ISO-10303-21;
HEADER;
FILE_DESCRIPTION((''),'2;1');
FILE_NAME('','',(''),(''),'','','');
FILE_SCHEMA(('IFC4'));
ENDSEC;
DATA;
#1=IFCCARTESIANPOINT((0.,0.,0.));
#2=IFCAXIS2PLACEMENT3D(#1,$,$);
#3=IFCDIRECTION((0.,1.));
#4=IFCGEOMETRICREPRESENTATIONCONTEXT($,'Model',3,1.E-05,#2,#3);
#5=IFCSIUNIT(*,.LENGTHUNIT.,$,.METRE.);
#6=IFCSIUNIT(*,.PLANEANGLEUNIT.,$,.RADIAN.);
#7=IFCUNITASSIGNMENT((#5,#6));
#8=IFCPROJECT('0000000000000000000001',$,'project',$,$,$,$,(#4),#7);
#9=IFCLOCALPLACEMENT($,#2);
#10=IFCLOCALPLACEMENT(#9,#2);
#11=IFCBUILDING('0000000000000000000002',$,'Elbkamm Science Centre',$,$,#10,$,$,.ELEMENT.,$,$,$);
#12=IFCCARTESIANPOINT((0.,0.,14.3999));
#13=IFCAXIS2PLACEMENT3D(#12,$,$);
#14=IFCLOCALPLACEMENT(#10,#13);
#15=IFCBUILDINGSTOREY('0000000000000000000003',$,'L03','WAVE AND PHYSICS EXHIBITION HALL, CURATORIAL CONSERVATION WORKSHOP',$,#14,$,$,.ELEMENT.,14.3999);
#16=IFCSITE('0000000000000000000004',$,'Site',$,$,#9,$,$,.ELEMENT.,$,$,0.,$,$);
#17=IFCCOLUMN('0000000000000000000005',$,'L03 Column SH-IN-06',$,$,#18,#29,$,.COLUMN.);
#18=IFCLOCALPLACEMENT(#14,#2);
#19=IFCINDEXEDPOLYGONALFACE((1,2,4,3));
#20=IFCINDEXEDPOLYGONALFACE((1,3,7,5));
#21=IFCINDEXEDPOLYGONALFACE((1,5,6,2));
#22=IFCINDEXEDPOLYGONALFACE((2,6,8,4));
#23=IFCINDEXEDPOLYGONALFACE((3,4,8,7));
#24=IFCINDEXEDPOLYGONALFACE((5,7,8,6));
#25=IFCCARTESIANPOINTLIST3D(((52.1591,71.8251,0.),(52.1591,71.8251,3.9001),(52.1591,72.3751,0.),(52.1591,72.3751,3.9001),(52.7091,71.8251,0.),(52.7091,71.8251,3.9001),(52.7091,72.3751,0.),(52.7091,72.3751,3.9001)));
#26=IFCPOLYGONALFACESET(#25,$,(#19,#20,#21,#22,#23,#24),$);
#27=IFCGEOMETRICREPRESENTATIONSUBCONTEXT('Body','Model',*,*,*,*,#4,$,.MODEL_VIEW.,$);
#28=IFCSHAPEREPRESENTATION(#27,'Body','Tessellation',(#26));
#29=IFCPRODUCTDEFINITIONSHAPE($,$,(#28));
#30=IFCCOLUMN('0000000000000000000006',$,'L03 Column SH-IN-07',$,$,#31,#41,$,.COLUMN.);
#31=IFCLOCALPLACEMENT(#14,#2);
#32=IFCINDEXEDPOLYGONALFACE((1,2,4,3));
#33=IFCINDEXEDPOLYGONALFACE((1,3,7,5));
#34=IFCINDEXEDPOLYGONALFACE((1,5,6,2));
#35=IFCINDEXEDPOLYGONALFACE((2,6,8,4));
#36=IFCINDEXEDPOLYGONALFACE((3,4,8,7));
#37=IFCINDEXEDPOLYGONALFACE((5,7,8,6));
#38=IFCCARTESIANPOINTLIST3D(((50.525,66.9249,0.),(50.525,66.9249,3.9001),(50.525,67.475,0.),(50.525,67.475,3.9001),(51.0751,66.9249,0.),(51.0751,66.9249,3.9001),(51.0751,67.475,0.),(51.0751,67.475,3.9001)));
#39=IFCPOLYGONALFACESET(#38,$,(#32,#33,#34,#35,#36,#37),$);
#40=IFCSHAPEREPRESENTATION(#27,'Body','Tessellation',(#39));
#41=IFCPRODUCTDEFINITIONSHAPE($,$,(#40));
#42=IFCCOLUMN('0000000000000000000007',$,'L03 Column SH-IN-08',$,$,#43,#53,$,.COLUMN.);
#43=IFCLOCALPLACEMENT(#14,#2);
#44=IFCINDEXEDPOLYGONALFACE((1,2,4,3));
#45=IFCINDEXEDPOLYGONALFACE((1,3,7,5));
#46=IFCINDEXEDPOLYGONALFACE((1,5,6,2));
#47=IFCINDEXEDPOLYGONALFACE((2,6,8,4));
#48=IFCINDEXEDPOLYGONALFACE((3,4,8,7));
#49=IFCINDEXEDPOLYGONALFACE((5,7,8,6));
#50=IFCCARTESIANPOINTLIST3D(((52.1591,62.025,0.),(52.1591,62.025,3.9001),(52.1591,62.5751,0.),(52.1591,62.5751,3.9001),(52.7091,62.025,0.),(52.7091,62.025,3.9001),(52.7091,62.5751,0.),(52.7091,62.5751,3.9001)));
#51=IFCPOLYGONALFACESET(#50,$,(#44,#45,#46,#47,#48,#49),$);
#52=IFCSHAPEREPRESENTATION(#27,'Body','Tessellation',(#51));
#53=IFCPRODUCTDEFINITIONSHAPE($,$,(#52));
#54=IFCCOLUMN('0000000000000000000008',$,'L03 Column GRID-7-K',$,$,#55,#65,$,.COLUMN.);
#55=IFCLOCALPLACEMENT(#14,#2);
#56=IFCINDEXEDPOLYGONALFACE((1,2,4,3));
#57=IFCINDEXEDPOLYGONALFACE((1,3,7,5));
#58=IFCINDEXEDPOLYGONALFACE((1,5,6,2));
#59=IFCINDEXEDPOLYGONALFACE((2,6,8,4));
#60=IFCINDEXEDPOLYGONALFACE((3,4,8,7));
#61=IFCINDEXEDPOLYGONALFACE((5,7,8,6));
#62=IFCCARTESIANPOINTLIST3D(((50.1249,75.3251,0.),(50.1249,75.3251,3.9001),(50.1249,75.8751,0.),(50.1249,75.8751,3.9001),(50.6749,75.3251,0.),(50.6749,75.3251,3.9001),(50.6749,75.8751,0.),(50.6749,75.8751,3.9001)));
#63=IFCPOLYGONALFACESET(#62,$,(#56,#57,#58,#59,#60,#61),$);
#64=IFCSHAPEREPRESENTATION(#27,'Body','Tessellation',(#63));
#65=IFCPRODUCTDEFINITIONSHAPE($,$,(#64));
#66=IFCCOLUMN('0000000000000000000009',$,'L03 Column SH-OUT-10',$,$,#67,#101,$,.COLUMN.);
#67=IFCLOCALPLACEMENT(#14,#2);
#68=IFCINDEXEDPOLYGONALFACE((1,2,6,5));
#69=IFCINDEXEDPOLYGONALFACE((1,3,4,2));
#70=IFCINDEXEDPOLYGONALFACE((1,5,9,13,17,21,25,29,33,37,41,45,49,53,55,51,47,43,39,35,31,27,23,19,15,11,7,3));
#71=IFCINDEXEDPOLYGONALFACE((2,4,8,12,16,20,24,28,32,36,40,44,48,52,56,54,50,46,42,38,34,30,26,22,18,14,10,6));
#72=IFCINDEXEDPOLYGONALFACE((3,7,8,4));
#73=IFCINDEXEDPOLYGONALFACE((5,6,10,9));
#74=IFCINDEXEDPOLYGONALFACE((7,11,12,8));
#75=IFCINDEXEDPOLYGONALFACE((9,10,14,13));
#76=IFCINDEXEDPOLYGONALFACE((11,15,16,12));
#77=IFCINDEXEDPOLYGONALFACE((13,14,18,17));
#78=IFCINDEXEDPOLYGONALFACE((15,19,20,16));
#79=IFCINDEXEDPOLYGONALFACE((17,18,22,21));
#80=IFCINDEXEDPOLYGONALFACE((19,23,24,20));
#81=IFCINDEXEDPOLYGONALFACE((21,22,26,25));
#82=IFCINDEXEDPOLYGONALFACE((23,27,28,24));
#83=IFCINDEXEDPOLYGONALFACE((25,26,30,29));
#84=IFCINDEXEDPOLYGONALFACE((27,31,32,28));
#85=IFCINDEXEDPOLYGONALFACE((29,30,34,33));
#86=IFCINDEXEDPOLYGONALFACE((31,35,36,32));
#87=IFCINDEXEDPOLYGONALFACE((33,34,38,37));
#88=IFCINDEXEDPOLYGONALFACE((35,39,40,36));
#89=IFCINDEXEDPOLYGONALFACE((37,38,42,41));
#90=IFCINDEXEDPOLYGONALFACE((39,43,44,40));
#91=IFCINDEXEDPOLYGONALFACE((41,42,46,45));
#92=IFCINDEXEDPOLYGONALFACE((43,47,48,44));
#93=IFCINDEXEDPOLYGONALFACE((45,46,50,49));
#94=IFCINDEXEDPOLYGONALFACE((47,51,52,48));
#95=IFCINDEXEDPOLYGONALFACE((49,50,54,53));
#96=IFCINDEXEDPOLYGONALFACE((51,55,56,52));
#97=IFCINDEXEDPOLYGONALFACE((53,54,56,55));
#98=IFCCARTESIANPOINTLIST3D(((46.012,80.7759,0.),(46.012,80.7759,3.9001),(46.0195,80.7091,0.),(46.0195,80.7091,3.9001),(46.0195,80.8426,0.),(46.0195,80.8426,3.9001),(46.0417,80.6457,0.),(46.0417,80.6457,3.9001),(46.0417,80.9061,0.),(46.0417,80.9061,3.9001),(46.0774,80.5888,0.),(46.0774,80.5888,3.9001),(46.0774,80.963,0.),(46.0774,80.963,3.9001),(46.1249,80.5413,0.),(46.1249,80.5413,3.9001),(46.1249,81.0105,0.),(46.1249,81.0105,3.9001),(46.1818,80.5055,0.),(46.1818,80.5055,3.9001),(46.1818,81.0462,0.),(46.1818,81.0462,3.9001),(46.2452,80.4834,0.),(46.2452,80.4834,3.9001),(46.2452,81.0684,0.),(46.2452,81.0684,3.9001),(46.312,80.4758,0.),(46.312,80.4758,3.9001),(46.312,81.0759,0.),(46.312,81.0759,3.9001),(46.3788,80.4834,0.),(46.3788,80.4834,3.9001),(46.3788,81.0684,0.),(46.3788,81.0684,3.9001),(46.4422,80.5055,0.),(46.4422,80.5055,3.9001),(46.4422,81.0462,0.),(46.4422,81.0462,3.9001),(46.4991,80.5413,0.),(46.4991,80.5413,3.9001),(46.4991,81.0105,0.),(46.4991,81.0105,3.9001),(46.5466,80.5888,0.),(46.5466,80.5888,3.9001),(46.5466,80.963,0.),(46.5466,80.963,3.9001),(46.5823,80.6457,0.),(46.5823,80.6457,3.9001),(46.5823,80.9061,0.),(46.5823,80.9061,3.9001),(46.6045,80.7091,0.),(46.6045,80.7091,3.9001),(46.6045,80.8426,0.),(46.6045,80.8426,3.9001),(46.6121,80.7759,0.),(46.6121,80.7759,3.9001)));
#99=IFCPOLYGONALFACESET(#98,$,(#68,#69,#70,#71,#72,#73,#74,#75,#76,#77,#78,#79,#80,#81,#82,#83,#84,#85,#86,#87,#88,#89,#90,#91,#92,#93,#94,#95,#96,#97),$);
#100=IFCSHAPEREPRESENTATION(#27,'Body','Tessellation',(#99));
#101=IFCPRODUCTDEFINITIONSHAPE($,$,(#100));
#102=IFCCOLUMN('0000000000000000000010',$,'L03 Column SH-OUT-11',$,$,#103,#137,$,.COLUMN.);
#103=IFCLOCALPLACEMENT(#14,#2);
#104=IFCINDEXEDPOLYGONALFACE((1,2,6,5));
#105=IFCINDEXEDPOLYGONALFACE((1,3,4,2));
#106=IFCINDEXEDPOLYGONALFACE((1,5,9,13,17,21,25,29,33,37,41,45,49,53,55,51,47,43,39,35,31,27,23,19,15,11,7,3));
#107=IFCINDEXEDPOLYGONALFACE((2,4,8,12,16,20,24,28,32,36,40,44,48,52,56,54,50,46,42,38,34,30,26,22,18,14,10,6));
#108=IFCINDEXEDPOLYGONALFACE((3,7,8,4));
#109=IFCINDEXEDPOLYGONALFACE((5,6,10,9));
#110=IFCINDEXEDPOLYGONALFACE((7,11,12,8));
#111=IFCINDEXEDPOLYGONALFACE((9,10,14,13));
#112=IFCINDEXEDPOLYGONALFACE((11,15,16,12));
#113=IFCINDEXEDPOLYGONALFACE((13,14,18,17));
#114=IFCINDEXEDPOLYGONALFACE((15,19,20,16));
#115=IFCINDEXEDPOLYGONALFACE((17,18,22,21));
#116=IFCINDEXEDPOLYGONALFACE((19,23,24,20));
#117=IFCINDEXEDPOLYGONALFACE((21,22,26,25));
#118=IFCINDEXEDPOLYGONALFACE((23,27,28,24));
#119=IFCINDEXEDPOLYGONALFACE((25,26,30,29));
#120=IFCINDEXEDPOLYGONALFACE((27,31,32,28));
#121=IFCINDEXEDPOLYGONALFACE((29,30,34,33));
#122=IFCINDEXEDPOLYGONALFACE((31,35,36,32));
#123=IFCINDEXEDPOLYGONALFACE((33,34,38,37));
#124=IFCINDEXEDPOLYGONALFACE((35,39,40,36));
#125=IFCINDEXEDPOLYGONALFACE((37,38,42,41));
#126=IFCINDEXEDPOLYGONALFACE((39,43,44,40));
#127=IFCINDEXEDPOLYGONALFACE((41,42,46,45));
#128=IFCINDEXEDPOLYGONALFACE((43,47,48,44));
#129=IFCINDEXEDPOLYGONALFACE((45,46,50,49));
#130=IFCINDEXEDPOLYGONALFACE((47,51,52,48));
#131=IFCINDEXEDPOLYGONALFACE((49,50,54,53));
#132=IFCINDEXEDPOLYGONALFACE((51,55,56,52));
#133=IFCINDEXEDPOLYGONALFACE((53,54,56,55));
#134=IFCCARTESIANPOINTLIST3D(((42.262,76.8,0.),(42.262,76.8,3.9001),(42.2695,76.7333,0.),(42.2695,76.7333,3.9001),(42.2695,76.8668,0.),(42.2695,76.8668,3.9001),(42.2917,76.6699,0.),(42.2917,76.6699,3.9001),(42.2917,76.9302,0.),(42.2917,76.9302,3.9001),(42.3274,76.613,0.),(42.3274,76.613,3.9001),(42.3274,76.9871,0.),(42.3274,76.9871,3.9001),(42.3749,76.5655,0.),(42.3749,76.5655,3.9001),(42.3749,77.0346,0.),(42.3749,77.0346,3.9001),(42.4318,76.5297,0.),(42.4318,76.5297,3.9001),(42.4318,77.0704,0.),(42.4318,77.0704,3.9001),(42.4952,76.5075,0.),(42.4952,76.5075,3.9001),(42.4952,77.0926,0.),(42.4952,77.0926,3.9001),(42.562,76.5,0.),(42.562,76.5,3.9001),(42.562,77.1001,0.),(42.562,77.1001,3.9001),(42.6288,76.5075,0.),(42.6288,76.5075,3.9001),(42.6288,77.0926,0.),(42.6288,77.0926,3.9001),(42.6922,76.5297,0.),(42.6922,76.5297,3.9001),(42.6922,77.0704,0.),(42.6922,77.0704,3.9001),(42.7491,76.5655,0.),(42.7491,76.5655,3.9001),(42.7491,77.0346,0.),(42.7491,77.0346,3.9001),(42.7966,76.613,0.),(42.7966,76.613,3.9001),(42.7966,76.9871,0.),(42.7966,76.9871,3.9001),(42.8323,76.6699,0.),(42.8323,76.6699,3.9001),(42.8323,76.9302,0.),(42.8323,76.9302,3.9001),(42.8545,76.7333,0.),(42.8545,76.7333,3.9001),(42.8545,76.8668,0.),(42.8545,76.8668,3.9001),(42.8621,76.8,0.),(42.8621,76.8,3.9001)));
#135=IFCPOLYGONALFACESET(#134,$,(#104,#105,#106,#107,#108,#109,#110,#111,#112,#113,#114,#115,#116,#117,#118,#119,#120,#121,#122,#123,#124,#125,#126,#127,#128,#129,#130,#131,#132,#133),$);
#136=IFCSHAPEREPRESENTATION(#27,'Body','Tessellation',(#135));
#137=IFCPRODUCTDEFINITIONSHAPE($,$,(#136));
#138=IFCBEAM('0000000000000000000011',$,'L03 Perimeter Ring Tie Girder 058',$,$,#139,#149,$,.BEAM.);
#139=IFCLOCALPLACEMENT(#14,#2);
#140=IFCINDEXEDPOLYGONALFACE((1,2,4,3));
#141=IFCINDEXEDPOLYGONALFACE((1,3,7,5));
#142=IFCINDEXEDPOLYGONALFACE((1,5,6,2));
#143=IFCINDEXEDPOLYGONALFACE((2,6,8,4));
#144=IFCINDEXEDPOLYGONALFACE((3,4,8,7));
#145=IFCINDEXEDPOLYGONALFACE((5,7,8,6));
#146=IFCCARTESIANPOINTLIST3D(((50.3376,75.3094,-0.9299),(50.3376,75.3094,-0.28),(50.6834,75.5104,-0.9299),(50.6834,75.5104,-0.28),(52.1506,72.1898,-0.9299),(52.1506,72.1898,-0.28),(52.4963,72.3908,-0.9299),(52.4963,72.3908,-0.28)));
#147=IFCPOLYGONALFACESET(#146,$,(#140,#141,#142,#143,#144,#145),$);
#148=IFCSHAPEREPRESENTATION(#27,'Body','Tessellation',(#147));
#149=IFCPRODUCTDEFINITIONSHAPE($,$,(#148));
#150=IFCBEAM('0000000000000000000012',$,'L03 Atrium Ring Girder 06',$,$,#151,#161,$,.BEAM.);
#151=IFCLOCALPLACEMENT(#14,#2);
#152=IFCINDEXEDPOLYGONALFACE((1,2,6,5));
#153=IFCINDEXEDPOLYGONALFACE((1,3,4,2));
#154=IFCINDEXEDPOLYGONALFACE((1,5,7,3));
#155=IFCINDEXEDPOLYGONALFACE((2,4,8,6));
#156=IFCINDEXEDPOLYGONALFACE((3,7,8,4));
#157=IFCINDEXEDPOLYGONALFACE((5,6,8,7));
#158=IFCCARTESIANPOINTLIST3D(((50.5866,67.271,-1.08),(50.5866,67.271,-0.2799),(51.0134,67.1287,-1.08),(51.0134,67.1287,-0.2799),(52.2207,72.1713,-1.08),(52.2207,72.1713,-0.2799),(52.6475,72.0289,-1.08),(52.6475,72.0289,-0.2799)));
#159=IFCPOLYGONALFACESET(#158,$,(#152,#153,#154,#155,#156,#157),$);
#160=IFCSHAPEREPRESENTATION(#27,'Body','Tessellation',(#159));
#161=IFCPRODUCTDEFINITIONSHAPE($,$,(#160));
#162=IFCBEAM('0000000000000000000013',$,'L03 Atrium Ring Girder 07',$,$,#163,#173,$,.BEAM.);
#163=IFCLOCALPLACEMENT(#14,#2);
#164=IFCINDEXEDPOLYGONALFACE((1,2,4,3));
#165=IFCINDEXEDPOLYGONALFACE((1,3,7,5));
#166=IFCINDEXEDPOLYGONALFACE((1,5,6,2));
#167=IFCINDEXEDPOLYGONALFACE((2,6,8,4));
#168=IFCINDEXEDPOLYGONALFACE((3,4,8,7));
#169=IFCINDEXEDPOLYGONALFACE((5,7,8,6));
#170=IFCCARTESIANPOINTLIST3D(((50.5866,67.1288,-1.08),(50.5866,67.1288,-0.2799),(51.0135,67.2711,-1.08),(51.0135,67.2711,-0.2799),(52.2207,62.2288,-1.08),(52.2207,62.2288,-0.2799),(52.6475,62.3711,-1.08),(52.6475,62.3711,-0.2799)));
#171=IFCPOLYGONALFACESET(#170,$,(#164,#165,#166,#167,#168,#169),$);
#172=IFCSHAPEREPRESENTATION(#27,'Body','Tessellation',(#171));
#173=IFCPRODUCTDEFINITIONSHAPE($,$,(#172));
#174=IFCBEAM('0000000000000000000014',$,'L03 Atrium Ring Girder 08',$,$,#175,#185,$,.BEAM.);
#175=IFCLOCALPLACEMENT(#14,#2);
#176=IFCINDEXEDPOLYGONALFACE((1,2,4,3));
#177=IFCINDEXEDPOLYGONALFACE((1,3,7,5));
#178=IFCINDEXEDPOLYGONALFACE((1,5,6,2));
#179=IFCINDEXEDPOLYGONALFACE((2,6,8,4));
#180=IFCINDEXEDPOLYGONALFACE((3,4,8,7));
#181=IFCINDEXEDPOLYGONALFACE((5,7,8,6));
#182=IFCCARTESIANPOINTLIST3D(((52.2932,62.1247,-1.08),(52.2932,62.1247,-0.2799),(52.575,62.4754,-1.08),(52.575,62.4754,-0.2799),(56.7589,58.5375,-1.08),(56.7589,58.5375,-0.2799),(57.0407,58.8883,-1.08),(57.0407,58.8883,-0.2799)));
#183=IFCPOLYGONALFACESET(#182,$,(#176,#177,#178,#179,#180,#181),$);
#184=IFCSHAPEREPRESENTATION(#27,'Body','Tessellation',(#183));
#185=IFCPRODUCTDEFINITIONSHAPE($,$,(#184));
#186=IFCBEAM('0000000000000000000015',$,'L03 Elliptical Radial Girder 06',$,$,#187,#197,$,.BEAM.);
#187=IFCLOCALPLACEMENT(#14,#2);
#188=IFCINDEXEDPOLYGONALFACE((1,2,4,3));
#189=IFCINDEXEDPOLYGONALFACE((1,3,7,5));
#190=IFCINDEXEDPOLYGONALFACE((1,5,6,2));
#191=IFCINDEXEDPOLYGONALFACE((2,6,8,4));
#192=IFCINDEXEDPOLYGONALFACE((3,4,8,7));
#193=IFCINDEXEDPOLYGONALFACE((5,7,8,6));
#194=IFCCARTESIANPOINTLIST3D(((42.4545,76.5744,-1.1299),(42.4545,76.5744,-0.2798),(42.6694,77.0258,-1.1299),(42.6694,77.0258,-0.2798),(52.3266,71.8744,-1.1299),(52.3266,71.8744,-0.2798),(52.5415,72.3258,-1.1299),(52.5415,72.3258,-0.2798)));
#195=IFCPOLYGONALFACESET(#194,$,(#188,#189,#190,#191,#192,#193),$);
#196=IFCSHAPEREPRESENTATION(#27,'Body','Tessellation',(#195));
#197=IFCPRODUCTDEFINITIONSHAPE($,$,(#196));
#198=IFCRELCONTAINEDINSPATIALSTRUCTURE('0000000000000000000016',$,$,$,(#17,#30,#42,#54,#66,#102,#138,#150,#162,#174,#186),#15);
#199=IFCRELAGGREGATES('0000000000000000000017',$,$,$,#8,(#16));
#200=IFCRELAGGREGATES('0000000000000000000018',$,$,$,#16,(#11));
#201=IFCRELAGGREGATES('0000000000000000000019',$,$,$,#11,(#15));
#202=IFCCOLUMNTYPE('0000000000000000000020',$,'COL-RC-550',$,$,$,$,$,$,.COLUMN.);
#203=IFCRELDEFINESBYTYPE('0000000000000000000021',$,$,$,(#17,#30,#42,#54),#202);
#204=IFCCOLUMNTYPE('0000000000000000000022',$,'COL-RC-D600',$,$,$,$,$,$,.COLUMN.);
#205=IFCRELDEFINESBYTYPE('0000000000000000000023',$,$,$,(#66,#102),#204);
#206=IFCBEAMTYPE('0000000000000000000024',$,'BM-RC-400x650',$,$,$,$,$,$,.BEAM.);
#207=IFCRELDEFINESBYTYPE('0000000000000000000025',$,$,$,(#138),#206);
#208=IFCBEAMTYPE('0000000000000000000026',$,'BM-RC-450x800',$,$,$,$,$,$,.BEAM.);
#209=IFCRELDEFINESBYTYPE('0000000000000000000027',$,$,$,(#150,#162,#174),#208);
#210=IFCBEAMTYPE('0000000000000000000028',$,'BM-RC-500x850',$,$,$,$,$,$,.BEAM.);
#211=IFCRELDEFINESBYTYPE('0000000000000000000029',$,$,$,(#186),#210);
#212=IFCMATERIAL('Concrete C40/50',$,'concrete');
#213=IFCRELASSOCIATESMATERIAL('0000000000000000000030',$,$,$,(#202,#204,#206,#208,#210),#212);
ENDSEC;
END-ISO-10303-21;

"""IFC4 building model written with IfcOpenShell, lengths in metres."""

from ifc_helpers import new_model, si_unit, direction, frame, origin, origin_2d, place, context, subcontext, project, spatial, rectangle, circle, extrude, material, material_profile, profile_set, type_object, element, save


model = new_model("IFC4")

# Units and contexts
model_context = context("Model", 3, precision=1e-05, world=origin(), true_north=direction((0.0, 1.0)))
body_context = subcontext(model_context, "Body", "Model", "MODEL_VIEW")
ifc_project = project(units=[si_unit("LENGTHUNIT", "METRE"), si_unit("PLANEANGLEUNIT", "RADIAN")], contexts=[model_context])

# Site, building, storey
site_placement = place(None, origin())
site = spatial("IfcSite", under=ifc_project, at=site_placement, Name="Site", CompositionType="ELEMENT", RefElevation=0.0)
building_placement = place(site_placement, origin())
building = spatial("IfcBuilding", under=site, at=building_placement, Name="Elbkamm Science Centre", CompositionType="ELEMENT")
storey_placement = place(building_placement, frame((0.0, 0.0, 14.3999)))
storey = spatial("IfcBuildingStorey", under=building, at=storey_placement, Name="L03", Description="WAVE AND PHYSICS EXHIBITION HALL, CURATORIAL CONSERVATION WORKSHOP", CompositionType="ELEMENT", Elevation=14.3999)

# Columns
ifc_material_1 = material(Name="Concrete C40/50", Category="concrete")
ifc_material_profile_1 = material_profile(ifc_material_1, rectangle(XDim=0.55, YDim=0.55, at=origin_2d()), Name="RC 550x550")
ifc_profile_set_1 = profile_set([ifc_material_profile_1], Name="Concrete C40/50")
column_type_1 = type_object("IfcColumnType", Name="COL-RC-550", PredefinedType="COLUMN", material=ifc_profile_set_1)
for number, where, z_axis, x_axis, name in (
    (1, (52.4341, 72.1001, 0.0), (0.0, 0.0, 1.0), (1.0, 0.0, 0.0), "L03 Column SH-IN-06"),
    (2, (50.8, 67.2, 0.0), (0.0, 0.0, 1.0), (1.0, 0.0, 0.0), "L03 Column SH-IN-07"),
    (3, (52.4341, 62.3, 0.0), (0.0, 0.0, 1.0), (1.0, 0.0, 0.0), "L03 Column SH-IN-08"),
    (4, (50.3999, 75.6001, 0.0), (0.0, 0.0, 1.0), (1.0, 0.0, 0.0), "L03 Column GRID-7-K"),
):
    element("IfcColumn", number, at=place(storey_placement, frame(where, z_axis=z_axis, x_axis=x_axis)), inside=storey, type_object=column_type_1, Name=name, PredefinedType="COLUMN", context=body_context, shape_type="SweptSolid", body=[
        extrude(rectangle(XDim=0.55, YDim=0.55, at=origin_2d()), origin(), (0.0, 0.0, 1.0), 3.9001),
    ])
ifc_material_profile_2 = material_profile(ifc_material_1, circle(Radius=0.3, at=origin_2d()), Name="RC D600")
ifc_profile_set_2 = profile_set([ifc_material_profile_2], Name="Concrete C40/50")
column_type_2 = type_object("IfcColumnType", Name="COL-RC-D600", PredefinedType="COLUMN", material=ifc_profile_set_2)
for number, where, z_axis, x_axis, name in (
    (5, (46.312, 80.7759, 0.0), (0.0, 0.0, 1.0), (1.0, 0.0, 0.0), "L03 Column SH-OUT-10"),
    (6, (42.562, 76.8, 0.0), (0.0, 0.0, 1.0), (1.0, 0.0, 0.0), "L03 Column SH-OUT-11"),
):
    element("IfcColumn", number, at=place(storey_placement, frame(where, z_axis=z_axis, x_axis=x_axis)), inside=storey, type_object=column_type_2, Name=name, PredefinedType="COLUMN", context=body_context, shape_type="SweptSolid", body=[
        extrude(circle(Radius=0.3, at=origin_2d()), origin(), (0.0, 0.0, 1.0), 3.9001),
    ])

# Beams
ifc_material_profile_3 = material_profile(ifc_material_1, rectangle(XDim=0.3999, YDim=0.6499, at=origin_2d()), Name="RC 400x650")
ifc_profile_set_3 = profile_set([ifc_material_profile_3], Name="Concrete C40/50")
beam_type_1 = type_object("IfcBeamType", Name="BM-RC-400x650", PredefinedType="BEAM", material=ifc_profile_set_3)
beam_1_placement = place(storey_placement, frame((50.5105, 75.4099, -0.605), z_axis=(0.502465, -0.864597, 0.0), x_axis=(0.864597, 0.502465, 0.0)))
element("IfcBeam", 7, at=beam_1_placement, inside=storey, type_object=beam_type_1, Name="L03 Perimeter Ring Tie Girder 058", PredefinedType="BEAM", context=body_context, shape_type="SweptSolid", body=[
    extrude(rectangle(XDim=0.3999, YDim=0.6499, at=origin_2d()), origin(), (0.0, 0.0, 1.0), 3.6082),
])
ifc_material_profile_4 = material_profile(ifc_material_1, rectangle(XDim=0.45, YDim=0.8, at=origin_2d()), Name="RC 450x800")
ifc_profile_set_4 = profile_set([ifc_material_profile_4], Name="Concrete C40/50")
beam_type_2 = type_object("IfcBeamType", Name="BM-RC-450x800", PredefinedType="BEAM", material=ifc_profile_set_4)
beam_2_placement = place(storey_placement, frame((52.4341, 72.1001, -0.6799), z_axis=(-0.316341, -0.948645, 0.0), x_axis=(0.948645, -0.316341, 0.0)))
element("IfcBeam", 8, at=beam_2_placement, inside=storey, type_object=beam_type_2, Name="L03 Atrium Ring Girder 06", PredefinedType="BEAM", context=body_context, shape_type="SweptSolid", body=[
    extrude(rectangle(XDim=0.45, YDim=0.8, at=origin_2d()), origin(), (0.0, 0.0, 1.0), 5.1655),
])
beam_3_placement = place(storey_placement, frame((50.8, 67.2, -0.6799), z_axis=(0.316355, -0.948641, 0.0), x_axis=(0.948641, 0.316355, 0.0)))
element("IfcBeam", 9, at=beam_3_placement, inside=storey, type_object=beam_type_2, Name="L03 Atrium Ring Girder 07", PredefinedType="BEAM", context=body_context, shape_type="SweptSolid", body=[
    extrude(rectangle(XDim=0.45, YDim=0.8, at=origin_2d()), origin(), (0.0, 0.0, 1.0), 5.1653),
])
beam_4_placement = place(storey_placement, frame((52.4341, 62.3, -0.6799), z_axis=(0.779632, -0.626238, 0.0), x_axis=(0.626238, 0.779632, 0.0)))
element("IfcBeam", 10, at=beam_4_placement, inside=storey, type_object=beam_type_2, Name="L03 Atrium Ring Girder 08", PredefinedType="BEAM", context=body_context, shape_type="SweptSolid", body=[
    extrude(rectangle(XDim=0.45, YDim=0.8, at=origin_2d()), origin(), (0.0, 0.0, 1.0), 5.728),
])
ifc_material_profile_5 = material_profile(ifc_material_1, rectangle(XDim=0.5, YDim=0.8501, at=origin_2d()), Name="RC 500x850")
ifc_profile_set_5 = profile_set([ifc_material_profile_5], Name="Concrete C40/50")
beam_type_3 = type_object("IfcBeamType", Name="BM-RC-500x850", PredefinedType="BEAM", material=ifc_profile_set_5)
beam_5_placement = place(storey_placement, frame((52.4341, 72.1001, -0.7048), z_axis=(-0.902897, 0.429856, 0.0), x_axis=(-0.429856, -0.902897, 0.0)))
element("IfcBeam", 11, at=beam_5_placement, inside=storey, type_object=beam_type_3, Name="L03 Elliptical Radial Girder 06", PredefinedType="BEAM", context=body_context, shape_type="SweptSolid", body=[
    extrude(rectangle(XDim=0.5, YDim=0.8501, at=origin_2d()), origin(), (0.0, 0.0, 1.0), 10.9338),
])

save(model, "model.ifc")
